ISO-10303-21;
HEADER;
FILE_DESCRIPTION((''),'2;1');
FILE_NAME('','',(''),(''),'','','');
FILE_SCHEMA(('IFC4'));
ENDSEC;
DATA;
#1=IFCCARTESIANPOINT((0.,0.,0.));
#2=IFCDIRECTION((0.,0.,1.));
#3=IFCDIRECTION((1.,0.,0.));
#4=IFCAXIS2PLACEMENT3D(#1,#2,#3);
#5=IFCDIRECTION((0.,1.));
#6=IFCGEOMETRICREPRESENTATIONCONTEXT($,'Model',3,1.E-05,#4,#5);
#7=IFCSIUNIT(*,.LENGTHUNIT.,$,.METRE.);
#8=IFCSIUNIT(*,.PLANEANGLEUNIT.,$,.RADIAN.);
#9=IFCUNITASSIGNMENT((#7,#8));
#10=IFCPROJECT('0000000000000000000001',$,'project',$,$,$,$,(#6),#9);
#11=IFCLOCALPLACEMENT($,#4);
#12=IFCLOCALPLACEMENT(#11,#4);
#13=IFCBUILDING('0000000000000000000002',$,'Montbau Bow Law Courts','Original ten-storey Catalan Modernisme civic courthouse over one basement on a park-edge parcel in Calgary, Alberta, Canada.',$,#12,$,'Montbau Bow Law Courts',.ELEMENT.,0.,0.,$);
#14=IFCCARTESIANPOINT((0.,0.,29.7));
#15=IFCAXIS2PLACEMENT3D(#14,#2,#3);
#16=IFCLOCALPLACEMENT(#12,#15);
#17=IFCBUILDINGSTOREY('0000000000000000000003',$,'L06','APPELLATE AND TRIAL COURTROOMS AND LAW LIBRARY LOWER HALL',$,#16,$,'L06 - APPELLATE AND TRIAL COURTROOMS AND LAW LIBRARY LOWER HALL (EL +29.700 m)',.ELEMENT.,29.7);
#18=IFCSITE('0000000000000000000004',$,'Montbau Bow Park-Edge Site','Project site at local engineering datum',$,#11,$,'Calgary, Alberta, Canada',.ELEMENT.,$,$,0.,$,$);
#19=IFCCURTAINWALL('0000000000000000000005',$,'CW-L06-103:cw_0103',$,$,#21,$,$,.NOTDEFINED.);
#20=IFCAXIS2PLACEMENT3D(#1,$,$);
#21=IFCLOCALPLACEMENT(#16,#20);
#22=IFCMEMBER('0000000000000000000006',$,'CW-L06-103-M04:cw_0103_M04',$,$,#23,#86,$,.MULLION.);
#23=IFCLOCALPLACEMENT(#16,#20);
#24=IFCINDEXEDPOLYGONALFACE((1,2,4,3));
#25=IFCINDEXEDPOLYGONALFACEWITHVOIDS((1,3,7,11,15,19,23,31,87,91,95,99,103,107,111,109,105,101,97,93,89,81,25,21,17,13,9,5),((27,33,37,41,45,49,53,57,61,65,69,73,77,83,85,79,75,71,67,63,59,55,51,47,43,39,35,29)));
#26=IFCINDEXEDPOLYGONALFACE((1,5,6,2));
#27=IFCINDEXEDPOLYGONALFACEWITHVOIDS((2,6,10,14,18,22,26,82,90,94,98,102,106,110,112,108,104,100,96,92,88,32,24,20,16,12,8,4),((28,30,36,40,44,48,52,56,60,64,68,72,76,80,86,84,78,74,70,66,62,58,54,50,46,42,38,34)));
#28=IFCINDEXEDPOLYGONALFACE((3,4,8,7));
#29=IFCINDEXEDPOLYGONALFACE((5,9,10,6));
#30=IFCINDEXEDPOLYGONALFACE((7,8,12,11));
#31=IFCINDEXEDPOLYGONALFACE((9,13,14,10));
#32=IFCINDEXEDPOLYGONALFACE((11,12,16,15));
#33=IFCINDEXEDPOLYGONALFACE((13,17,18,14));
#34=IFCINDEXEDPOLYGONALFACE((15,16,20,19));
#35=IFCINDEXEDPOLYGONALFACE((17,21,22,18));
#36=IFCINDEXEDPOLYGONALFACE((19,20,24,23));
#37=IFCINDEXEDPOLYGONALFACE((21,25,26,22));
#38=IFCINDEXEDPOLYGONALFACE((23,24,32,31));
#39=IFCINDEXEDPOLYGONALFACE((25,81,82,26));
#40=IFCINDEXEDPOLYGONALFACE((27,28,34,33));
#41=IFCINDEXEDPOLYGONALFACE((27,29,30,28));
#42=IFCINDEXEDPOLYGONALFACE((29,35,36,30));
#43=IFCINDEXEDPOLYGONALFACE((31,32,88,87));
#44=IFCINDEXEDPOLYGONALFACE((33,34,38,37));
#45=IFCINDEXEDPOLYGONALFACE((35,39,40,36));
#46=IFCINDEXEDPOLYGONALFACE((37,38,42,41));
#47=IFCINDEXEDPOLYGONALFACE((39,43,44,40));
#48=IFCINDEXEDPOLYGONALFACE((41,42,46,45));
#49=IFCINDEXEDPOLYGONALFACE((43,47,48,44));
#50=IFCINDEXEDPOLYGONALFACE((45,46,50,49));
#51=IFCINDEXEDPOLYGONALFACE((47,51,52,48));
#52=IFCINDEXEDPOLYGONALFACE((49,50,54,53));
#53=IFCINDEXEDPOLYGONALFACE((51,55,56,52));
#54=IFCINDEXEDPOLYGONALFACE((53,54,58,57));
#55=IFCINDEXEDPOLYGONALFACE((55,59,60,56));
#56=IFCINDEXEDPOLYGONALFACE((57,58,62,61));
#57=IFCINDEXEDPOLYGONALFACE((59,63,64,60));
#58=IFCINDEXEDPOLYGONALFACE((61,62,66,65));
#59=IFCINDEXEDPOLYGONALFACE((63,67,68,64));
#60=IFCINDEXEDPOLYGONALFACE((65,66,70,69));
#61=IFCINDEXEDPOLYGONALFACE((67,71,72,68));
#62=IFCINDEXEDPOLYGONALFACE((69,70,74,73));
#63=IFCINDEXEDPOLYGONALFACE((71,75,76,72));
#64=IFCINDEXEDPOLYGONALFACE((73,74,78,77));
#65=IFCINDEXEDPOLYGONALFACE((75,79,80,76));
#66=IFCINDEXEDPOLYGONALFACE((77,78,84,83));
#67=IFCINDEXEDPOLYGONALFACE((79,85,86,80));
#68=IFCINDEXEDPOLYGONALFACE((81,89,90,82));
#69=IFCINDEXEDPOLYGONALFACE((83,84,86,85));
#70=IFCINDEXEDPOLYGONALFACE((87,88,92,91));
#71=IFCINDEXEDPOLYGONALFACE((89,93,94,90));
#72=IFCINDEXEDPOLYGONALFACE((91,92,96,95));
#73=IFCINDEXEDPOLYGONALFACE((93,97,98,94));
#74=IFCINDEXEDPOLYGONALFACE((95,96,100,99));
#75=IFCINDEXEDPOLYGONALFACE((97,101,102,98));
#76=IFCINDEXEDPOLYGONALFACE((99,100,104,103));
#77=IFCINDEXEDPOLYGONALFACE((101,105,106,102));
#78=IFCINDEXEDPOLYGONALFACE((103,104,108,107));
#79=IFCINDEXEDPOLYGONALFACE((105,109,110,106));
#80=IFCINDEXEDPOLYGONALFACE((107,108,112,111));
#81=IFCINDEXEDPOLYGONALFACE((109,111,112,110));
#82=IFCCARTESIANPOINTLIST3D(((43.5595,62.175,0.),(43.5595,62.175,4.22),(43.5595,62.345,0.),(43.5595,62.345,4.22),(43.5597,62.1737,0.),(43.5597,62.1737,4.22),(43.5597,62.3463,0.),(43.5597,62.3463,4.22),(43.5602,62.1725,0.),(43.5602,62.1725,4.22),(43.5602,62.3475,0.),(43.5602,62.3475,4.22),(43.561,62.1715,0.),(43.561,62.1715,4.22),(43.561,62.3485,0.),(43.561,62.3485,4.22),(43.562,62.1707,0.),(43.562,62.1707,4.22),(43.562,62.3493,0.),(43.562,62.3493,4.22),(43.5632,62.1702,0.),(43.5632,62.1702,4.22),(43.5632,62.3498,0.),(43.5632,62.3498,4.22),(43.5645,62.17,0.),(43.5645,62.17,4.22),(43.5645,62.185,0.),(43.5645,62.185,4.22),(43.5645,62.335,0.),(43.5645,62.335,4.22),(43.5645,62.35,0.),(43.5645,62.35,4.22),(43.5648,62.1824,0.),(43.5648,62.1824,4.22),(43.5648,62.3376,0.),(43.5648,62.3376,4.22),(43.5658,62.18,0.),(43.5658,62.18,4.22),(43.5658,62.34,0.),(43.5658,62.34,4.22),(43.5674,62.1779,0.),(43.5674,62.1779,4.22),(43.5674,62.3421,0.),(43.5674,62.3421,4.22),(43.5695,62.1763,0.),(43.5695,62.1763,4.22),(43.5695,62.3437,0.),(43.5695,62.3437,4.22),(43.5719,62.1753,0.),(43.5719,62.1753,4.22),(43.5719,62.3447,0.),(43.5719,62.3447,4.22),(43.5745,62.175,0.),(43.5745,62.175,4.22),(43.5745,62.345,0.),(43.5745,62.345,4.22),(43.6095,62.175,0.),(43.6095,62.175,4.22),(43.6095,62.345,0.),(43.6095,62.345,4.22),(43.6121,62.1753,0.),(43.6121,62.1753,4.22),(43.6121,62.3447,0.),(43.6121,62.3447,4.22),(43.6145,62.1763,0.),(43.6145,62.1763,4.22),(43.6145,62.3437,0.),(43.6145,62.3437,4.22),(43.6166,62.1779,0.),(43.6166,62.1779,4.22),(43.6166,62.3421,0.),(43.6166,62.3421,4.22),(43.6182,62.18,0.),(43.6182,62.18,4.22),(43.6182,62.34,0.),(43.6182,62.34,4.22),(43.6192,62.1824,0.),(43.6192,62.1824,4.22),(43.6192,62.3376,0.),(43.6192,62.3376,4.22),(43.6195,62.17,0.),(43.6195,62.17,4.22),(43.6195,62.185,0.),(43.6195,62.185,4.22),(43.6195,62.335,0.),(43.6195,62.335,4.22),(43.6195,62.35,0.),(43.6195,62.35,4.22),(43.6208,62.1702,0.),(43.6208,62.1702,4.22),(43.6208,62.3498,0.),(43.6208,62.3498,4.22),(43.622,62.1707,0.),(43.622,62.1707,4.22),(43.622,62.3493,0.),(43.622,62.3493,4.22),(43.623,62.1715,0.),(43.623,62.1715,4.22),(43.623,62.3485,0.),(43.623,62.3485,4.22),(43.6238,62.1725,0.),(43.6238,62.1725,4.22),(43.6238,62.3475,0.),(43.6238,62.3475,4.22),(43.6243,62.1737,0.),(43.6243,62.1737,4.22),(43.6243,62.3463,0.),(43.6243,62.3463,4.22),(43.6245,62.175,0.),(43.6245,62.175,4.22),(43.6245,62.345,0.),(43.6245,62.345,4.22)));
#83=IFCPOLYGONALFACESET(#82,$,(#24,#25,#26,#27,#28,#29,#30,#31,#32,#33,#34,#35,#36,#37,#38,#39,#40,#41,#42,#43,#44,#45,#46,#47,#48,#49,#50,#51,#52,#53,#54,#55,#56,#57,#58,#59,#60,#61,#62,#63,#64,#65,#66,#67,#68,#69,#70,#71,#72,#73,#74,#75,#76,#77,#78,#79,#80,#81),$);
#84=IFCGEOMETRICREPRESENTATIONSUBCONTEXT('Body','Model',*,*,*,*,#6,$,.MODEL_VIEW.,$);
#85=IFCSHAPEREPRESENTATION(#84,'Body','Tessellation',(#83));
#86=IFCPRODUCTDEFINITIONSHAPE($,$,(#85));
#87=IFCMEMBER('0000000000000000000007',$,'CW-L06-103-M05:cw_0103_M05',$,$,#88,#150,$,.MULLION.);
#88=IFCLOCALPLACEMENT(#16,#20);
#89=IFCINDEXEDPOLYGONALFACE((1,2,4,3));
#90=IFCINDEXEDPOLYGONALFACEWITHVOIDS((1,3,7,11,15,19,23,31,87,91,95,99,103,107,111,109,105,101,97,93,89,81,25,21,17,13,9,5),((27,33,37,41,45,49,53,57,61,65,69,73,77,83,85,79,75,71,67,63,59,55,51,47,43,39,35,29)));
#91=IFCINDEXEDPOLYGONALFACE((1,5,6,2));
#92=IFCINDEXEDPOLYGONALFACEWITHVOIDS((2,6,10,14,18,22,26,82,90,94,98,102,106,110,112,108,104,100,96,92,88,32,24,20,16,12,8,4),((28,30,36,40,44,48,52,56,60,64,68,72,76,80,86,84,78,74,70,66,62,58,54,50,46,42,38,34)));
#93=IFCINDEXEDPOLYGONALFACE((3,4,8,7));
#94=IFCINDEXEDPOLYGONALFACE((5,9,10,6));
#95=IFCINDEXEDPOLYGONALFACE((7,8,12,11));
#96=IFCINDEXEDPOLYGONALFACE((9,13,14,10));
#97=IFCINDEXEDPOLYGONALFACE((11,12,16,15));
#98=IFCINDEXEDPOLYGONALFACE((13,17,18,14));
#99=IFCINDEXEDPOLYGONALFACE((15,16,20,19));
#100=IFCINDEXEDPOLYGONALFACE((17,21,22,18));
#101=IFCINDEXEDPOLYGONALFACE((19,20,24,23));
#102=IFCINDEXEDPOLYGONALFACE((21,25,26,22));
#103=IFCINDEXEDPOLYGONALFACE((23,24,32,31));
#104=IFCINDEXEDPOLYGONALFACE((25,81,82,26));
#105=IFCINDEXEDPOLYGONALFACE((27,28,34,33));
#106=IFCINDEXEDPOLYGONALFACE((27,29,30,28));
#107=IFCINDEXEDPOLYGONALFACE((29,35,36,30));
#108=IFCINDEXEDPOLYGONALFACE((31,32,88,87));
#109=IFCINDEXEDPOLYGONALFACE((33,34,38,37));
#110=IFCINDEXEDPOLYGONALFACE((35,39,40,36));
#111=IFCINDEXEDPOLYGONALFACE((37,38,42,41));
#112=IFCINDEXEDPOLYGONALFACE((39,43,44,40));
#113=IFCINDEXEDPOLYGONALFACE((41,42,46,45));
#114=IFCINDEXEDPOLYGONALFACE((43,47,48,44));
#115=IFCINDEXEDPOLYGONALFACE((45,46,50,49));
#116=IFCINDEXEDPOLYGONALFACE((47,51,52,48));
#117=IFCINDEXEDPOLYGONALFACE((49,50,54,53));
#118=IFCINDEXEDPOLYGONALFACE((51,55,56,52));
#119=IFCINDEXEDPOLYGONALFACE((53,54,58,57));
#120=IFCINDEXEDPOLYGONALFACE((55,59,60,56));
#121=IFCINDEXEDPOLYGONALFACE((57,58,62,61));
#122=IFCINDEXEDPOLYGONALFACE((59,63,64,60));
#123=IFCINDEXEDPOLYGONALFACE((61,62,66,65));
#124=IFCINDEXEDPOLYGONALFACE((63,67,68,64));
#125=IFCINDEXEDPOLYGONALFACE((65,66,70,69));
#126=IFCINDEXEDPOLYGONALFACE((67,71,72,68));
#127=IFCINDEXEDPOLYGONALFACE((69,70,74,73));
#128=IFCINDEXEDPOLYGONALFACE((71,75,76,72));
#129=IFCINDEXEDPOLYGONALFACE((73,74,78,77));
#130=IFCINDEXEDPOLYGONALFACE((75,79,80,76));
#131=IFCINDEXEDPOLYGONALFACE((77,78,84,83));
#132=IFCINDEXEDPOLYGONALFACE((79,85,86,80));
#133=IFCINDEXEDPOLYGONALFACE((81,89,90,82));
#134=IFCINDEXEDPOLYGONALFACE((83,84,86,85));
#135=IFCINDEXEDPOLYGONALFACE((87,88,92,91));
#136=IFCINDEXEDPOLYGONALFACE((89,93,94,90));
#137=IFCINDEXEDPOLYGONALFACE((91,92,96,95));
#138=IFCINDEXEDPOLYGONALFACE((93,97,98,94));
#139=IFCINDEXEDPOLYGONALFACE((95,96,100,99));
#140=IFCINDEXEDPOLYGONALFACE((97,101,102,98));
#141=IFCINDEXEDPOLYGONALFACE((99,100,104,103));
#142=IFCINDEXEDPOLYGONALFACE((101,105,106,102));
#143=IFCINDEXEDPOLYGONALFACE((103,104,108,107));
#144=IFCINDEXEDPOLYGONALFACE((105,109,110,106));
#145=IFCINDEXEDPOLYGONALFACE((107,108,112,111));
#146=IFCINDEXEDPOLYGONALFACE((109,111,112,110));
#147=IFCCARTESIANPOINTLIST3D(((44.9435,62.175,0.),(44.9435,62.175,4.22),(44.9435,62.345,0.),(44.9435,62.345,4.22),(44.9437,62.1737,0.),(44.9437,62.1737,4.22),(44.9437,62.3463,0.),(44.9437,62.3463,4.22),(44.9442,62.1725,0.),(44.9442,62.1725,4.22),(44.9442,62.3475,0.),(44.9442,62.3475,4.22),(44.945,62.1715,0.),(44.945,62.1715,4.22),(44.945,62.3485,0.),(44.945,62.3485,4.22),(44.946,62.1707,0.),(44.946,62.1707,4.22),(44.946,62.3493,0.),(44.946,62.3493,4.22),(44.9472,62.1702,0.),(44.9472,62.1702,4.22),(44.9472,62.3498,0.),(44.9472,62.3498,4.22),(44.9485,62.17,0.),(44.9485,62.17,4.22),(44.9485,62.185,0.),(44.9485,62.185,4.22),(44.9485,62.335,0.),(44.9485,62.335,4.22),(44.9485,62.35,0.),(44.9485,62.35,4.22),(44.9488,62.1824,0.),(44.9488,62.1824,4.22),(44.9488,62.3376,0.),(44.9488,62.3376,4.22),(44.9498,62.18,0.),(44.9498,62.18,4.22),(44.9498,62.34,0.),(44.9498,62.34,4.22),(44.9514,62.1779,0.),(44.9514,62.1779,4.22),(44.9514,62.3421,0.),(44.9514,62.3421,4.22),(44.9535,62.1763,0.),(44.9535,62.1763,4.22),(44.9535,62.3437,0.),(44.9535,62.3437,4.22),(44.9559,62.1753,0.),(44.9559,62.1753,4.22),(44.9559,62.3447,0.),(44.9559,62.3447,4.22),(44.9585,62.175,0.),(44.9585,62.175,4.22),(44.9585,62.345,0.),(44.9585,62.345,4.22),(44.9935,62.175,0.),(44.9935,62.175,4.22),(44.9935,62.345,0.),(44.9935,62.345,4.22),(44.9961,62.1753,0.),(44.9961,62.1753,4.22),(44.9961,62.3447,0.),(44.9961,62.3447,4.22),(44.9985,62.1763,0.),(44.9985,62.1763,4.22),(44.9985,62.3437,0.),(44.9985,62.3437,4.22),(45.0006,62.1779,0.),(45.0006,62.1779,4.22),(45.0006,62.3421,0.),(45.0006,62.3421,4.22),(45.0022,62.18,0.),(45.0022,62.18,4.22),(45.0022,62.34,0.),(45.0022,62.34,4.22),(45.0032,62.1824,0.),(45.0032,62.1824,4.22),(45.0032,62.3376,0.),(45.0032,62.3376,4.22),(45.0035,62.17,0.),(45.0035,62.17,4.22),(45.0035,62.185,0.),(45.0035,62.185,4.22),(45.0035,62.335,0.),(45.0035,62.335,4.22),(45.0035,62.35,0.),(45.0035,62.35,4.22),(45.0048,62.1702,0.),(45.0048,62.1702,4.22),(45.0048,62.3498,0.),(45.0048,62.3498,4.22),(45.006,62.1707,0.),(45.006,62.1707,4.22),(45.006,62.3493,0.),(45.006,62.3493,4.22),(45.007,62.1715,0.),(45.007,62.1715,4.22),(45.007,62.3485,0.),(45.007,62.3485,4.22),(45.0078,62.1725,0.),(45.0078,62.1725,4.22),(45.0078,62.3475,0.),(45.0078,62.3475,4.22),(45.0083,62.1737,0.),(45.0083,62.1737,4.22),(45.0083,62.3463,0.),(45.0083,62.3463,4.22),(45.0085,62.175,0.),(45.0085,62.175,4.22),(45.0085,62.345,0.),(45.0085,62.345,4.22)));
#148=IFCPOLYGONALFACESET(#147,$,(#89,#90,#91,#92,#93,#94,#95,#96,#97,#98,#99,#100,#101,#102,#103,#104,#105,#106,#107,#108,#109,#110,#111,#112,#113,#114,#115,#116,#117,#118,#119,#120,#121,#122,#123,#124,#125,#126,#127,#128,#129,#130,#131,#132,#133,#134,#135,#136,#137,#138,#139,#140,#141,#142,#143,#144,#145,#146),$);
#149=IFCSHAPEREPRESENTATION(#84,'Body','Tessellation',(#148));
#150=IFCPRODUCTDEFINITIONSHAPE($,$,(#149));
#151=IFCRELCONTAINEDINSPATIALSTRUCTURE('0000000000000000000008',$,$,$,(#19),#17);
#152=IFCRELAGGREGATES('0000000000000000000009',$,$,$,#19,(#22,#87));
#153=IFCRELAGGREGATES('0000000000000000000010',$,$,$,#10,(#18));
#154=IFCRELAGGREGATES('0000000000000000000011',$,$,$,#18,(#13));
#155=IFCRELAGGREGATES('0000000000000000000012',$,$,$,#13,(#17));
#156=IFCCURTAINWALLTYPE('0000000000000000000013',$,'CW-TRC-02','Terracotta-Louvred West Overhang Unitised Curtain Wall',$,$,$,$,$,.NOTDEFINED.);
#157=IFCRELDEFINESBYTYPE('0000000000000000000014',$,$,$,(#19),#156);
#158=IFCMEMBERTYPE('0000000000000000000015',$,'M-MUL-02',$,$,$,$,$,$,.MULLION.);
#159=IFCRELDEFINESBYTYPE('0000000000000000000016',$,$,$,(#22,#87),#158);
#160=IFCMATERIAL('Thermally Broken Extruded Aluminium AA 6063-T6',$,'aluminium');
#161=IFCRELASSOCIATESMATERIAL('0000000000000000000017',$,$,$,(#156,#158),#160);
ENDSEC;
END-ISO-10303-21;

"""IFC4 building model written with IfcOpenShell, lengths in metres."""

from ifc_helpers import new_model, si_unit, direction, frame, origin_with_axes, origin_2d_with_axis, place, context, subcontext, project, spatial, hollow_rectangle, extrude, material, material_profile, profile_set, type_object, element, aggregate, save


model = new_model("IFC4")

# Units and contexts
model_context = context("Model", 3, precision=1e-05, world=origin_with_axes(), true_north=direction((0.0, 1.0)))
body_context = subcontext(model_context, "Body", "Model", "MODEL_VIEW")
ifc_project = project(units=[si_unit("LENGTHUNIT", "METRE"), si_unit("PLANEANGLEUNIT", "RADIAN")], contexts=[model_context])

# Site, building, storey
site_placement = place(None, origin_with_axes())
site = spatial("IfcSite", under=ifc_project, at=site_placement, Name="Montbau Bow Park-Edge Site", Description="Project site at local engineering datum", LongName="Calgary, Alberta, Canada", CompositionType="ELEMENT", RefElevation=0.0)
building_placement = place(site_placement, origin_with_axes())
building = spatial("IfcBuilding", under=site, at=building_placement, Name="Montbau Bow Law Courts", Description="Original ten-storey Catalan Modernisme civic courthouse over one basement on a park-edge parcel in Calgary, Alberta, Canada.", LongName="Montbau Bow Law Courts", CompositionType="ELEMENT", ElevationOfRefHeight=0.0, ElevationOfTerrain=0.0)
storey_placement = place(building_placement, frame((0.0, 0.0, 29.7), z_axis=(0.0, 0.0, 1.0), x_axis=(1.0, 0.0, 0.0)))
storey = spatial("IfcBuildingStorey", under=building, at=storey_placement, Name="L06", Description="APPELLATE AND TRIAL COURTROOMS AND LAW LIBRARY LOWER HALL", LongName="L06 - APPELLATE AND TRIAL COURTROOMS AND LAW LIBRARY LOWER HALL (EL +29.700 m)", CompositionType="ELEMENT", Elevation=29.7)

# Curtain wall, members
ifc_material_1 = material(Name="Thermally Broken Extruded Aluminium AA 6063-T6", Category="aluminium")
curtain_wall_type = type_object("IfcCurtainWallType", Name="CW-TRC-02", Description="Terracotta-Louvred West Overhang Unitised Curtain Wall", PredefinedType="NOTDEFINED", material=ifc_material_1)
curtain_wall_placement = place(None, frame((39.44, 62.26, 29.7), z_axis=(0.0, 0.0, 1.0), x_axis=(1.0, 0.0, 0.0)))
curtain_wall = element("IfcCurtainWall", 1, at=curtain_wall_placement, inside=storey, type_object=curtain_wall_type, Name="CW-L06-103:cw_0103", PredefinedType="NOTDEFINED")
ifc_material_profile_1 = material_profile(ifc_material_1, hollow_rectangle(XDim=0.065, YDim=0.18, WallThickness=0.005, InnerFilletRadius=0.01, OuterFilletRadius=0.005, at=origin_2d_with_axis()), Name="CWM-180X65", Category="Main", Priority=0)
ifc_profile_set_1 = profile_set([ifc_material_profile_1], Name="Thermally Broken Extruded Aluminium AA 6063-T6")
member_type_1 = type_object("IfcMemberType", Name="M-MUL-02", PredefinedType="MULLION", material=ifc_profile_set_1)
member_1_placement = place(None, frame((43.592, 62.26, 29.7), z_axis=(0.0, 0.0, 1.0), x_axis=(1.0, 0.0, 0.0)))
member_1 = element("IfcMember", 2, at=member_1_placement, type_object=member_type_1, Name="CW-L06-103-M04:cw_0103_M04", PredefinedType="MULLION", context=body_context, shape_type="SweptSolid", body=[
    extrude(hollow_rectangle(XDim=0.065, YDim=0.18, WallThickness=0.005, InnerFilletRadius=0.01, OuterFilletRadius=0.005, at=origin_2d_with_axis()), origin_with_axes(), (0.0, 0.0, 1.0), 4.22),
])
member_2_placement = place(None, frame((44.976, 62.26, 29.7), z_axis=(0.0, 0.0, 1.0), x_axis=(1.0, 0.0, 0.0)))
member_2 = element("IfcMember", 3, at=member_2_placement, type_object=member_type_1, Name="CW-L06-103-M05:cw_0103_M05", PredefinedType="MULLION", context=body_context, shape_type="SweptSolid", body=[
    extrude(hollow_rectangle(XDim=0.065, YDim=0.18, WallThickness=0.005, InnerFilletRadius=0.01, OuterFilletRadius=0.005, at=origin_2d_with_axis()), origin_with_axes(), (0.0, 0.0, 1.0), 4.22),
])
aggregate(curtain_wall, [member_1, member_2])

save(model, "model.ifc")
